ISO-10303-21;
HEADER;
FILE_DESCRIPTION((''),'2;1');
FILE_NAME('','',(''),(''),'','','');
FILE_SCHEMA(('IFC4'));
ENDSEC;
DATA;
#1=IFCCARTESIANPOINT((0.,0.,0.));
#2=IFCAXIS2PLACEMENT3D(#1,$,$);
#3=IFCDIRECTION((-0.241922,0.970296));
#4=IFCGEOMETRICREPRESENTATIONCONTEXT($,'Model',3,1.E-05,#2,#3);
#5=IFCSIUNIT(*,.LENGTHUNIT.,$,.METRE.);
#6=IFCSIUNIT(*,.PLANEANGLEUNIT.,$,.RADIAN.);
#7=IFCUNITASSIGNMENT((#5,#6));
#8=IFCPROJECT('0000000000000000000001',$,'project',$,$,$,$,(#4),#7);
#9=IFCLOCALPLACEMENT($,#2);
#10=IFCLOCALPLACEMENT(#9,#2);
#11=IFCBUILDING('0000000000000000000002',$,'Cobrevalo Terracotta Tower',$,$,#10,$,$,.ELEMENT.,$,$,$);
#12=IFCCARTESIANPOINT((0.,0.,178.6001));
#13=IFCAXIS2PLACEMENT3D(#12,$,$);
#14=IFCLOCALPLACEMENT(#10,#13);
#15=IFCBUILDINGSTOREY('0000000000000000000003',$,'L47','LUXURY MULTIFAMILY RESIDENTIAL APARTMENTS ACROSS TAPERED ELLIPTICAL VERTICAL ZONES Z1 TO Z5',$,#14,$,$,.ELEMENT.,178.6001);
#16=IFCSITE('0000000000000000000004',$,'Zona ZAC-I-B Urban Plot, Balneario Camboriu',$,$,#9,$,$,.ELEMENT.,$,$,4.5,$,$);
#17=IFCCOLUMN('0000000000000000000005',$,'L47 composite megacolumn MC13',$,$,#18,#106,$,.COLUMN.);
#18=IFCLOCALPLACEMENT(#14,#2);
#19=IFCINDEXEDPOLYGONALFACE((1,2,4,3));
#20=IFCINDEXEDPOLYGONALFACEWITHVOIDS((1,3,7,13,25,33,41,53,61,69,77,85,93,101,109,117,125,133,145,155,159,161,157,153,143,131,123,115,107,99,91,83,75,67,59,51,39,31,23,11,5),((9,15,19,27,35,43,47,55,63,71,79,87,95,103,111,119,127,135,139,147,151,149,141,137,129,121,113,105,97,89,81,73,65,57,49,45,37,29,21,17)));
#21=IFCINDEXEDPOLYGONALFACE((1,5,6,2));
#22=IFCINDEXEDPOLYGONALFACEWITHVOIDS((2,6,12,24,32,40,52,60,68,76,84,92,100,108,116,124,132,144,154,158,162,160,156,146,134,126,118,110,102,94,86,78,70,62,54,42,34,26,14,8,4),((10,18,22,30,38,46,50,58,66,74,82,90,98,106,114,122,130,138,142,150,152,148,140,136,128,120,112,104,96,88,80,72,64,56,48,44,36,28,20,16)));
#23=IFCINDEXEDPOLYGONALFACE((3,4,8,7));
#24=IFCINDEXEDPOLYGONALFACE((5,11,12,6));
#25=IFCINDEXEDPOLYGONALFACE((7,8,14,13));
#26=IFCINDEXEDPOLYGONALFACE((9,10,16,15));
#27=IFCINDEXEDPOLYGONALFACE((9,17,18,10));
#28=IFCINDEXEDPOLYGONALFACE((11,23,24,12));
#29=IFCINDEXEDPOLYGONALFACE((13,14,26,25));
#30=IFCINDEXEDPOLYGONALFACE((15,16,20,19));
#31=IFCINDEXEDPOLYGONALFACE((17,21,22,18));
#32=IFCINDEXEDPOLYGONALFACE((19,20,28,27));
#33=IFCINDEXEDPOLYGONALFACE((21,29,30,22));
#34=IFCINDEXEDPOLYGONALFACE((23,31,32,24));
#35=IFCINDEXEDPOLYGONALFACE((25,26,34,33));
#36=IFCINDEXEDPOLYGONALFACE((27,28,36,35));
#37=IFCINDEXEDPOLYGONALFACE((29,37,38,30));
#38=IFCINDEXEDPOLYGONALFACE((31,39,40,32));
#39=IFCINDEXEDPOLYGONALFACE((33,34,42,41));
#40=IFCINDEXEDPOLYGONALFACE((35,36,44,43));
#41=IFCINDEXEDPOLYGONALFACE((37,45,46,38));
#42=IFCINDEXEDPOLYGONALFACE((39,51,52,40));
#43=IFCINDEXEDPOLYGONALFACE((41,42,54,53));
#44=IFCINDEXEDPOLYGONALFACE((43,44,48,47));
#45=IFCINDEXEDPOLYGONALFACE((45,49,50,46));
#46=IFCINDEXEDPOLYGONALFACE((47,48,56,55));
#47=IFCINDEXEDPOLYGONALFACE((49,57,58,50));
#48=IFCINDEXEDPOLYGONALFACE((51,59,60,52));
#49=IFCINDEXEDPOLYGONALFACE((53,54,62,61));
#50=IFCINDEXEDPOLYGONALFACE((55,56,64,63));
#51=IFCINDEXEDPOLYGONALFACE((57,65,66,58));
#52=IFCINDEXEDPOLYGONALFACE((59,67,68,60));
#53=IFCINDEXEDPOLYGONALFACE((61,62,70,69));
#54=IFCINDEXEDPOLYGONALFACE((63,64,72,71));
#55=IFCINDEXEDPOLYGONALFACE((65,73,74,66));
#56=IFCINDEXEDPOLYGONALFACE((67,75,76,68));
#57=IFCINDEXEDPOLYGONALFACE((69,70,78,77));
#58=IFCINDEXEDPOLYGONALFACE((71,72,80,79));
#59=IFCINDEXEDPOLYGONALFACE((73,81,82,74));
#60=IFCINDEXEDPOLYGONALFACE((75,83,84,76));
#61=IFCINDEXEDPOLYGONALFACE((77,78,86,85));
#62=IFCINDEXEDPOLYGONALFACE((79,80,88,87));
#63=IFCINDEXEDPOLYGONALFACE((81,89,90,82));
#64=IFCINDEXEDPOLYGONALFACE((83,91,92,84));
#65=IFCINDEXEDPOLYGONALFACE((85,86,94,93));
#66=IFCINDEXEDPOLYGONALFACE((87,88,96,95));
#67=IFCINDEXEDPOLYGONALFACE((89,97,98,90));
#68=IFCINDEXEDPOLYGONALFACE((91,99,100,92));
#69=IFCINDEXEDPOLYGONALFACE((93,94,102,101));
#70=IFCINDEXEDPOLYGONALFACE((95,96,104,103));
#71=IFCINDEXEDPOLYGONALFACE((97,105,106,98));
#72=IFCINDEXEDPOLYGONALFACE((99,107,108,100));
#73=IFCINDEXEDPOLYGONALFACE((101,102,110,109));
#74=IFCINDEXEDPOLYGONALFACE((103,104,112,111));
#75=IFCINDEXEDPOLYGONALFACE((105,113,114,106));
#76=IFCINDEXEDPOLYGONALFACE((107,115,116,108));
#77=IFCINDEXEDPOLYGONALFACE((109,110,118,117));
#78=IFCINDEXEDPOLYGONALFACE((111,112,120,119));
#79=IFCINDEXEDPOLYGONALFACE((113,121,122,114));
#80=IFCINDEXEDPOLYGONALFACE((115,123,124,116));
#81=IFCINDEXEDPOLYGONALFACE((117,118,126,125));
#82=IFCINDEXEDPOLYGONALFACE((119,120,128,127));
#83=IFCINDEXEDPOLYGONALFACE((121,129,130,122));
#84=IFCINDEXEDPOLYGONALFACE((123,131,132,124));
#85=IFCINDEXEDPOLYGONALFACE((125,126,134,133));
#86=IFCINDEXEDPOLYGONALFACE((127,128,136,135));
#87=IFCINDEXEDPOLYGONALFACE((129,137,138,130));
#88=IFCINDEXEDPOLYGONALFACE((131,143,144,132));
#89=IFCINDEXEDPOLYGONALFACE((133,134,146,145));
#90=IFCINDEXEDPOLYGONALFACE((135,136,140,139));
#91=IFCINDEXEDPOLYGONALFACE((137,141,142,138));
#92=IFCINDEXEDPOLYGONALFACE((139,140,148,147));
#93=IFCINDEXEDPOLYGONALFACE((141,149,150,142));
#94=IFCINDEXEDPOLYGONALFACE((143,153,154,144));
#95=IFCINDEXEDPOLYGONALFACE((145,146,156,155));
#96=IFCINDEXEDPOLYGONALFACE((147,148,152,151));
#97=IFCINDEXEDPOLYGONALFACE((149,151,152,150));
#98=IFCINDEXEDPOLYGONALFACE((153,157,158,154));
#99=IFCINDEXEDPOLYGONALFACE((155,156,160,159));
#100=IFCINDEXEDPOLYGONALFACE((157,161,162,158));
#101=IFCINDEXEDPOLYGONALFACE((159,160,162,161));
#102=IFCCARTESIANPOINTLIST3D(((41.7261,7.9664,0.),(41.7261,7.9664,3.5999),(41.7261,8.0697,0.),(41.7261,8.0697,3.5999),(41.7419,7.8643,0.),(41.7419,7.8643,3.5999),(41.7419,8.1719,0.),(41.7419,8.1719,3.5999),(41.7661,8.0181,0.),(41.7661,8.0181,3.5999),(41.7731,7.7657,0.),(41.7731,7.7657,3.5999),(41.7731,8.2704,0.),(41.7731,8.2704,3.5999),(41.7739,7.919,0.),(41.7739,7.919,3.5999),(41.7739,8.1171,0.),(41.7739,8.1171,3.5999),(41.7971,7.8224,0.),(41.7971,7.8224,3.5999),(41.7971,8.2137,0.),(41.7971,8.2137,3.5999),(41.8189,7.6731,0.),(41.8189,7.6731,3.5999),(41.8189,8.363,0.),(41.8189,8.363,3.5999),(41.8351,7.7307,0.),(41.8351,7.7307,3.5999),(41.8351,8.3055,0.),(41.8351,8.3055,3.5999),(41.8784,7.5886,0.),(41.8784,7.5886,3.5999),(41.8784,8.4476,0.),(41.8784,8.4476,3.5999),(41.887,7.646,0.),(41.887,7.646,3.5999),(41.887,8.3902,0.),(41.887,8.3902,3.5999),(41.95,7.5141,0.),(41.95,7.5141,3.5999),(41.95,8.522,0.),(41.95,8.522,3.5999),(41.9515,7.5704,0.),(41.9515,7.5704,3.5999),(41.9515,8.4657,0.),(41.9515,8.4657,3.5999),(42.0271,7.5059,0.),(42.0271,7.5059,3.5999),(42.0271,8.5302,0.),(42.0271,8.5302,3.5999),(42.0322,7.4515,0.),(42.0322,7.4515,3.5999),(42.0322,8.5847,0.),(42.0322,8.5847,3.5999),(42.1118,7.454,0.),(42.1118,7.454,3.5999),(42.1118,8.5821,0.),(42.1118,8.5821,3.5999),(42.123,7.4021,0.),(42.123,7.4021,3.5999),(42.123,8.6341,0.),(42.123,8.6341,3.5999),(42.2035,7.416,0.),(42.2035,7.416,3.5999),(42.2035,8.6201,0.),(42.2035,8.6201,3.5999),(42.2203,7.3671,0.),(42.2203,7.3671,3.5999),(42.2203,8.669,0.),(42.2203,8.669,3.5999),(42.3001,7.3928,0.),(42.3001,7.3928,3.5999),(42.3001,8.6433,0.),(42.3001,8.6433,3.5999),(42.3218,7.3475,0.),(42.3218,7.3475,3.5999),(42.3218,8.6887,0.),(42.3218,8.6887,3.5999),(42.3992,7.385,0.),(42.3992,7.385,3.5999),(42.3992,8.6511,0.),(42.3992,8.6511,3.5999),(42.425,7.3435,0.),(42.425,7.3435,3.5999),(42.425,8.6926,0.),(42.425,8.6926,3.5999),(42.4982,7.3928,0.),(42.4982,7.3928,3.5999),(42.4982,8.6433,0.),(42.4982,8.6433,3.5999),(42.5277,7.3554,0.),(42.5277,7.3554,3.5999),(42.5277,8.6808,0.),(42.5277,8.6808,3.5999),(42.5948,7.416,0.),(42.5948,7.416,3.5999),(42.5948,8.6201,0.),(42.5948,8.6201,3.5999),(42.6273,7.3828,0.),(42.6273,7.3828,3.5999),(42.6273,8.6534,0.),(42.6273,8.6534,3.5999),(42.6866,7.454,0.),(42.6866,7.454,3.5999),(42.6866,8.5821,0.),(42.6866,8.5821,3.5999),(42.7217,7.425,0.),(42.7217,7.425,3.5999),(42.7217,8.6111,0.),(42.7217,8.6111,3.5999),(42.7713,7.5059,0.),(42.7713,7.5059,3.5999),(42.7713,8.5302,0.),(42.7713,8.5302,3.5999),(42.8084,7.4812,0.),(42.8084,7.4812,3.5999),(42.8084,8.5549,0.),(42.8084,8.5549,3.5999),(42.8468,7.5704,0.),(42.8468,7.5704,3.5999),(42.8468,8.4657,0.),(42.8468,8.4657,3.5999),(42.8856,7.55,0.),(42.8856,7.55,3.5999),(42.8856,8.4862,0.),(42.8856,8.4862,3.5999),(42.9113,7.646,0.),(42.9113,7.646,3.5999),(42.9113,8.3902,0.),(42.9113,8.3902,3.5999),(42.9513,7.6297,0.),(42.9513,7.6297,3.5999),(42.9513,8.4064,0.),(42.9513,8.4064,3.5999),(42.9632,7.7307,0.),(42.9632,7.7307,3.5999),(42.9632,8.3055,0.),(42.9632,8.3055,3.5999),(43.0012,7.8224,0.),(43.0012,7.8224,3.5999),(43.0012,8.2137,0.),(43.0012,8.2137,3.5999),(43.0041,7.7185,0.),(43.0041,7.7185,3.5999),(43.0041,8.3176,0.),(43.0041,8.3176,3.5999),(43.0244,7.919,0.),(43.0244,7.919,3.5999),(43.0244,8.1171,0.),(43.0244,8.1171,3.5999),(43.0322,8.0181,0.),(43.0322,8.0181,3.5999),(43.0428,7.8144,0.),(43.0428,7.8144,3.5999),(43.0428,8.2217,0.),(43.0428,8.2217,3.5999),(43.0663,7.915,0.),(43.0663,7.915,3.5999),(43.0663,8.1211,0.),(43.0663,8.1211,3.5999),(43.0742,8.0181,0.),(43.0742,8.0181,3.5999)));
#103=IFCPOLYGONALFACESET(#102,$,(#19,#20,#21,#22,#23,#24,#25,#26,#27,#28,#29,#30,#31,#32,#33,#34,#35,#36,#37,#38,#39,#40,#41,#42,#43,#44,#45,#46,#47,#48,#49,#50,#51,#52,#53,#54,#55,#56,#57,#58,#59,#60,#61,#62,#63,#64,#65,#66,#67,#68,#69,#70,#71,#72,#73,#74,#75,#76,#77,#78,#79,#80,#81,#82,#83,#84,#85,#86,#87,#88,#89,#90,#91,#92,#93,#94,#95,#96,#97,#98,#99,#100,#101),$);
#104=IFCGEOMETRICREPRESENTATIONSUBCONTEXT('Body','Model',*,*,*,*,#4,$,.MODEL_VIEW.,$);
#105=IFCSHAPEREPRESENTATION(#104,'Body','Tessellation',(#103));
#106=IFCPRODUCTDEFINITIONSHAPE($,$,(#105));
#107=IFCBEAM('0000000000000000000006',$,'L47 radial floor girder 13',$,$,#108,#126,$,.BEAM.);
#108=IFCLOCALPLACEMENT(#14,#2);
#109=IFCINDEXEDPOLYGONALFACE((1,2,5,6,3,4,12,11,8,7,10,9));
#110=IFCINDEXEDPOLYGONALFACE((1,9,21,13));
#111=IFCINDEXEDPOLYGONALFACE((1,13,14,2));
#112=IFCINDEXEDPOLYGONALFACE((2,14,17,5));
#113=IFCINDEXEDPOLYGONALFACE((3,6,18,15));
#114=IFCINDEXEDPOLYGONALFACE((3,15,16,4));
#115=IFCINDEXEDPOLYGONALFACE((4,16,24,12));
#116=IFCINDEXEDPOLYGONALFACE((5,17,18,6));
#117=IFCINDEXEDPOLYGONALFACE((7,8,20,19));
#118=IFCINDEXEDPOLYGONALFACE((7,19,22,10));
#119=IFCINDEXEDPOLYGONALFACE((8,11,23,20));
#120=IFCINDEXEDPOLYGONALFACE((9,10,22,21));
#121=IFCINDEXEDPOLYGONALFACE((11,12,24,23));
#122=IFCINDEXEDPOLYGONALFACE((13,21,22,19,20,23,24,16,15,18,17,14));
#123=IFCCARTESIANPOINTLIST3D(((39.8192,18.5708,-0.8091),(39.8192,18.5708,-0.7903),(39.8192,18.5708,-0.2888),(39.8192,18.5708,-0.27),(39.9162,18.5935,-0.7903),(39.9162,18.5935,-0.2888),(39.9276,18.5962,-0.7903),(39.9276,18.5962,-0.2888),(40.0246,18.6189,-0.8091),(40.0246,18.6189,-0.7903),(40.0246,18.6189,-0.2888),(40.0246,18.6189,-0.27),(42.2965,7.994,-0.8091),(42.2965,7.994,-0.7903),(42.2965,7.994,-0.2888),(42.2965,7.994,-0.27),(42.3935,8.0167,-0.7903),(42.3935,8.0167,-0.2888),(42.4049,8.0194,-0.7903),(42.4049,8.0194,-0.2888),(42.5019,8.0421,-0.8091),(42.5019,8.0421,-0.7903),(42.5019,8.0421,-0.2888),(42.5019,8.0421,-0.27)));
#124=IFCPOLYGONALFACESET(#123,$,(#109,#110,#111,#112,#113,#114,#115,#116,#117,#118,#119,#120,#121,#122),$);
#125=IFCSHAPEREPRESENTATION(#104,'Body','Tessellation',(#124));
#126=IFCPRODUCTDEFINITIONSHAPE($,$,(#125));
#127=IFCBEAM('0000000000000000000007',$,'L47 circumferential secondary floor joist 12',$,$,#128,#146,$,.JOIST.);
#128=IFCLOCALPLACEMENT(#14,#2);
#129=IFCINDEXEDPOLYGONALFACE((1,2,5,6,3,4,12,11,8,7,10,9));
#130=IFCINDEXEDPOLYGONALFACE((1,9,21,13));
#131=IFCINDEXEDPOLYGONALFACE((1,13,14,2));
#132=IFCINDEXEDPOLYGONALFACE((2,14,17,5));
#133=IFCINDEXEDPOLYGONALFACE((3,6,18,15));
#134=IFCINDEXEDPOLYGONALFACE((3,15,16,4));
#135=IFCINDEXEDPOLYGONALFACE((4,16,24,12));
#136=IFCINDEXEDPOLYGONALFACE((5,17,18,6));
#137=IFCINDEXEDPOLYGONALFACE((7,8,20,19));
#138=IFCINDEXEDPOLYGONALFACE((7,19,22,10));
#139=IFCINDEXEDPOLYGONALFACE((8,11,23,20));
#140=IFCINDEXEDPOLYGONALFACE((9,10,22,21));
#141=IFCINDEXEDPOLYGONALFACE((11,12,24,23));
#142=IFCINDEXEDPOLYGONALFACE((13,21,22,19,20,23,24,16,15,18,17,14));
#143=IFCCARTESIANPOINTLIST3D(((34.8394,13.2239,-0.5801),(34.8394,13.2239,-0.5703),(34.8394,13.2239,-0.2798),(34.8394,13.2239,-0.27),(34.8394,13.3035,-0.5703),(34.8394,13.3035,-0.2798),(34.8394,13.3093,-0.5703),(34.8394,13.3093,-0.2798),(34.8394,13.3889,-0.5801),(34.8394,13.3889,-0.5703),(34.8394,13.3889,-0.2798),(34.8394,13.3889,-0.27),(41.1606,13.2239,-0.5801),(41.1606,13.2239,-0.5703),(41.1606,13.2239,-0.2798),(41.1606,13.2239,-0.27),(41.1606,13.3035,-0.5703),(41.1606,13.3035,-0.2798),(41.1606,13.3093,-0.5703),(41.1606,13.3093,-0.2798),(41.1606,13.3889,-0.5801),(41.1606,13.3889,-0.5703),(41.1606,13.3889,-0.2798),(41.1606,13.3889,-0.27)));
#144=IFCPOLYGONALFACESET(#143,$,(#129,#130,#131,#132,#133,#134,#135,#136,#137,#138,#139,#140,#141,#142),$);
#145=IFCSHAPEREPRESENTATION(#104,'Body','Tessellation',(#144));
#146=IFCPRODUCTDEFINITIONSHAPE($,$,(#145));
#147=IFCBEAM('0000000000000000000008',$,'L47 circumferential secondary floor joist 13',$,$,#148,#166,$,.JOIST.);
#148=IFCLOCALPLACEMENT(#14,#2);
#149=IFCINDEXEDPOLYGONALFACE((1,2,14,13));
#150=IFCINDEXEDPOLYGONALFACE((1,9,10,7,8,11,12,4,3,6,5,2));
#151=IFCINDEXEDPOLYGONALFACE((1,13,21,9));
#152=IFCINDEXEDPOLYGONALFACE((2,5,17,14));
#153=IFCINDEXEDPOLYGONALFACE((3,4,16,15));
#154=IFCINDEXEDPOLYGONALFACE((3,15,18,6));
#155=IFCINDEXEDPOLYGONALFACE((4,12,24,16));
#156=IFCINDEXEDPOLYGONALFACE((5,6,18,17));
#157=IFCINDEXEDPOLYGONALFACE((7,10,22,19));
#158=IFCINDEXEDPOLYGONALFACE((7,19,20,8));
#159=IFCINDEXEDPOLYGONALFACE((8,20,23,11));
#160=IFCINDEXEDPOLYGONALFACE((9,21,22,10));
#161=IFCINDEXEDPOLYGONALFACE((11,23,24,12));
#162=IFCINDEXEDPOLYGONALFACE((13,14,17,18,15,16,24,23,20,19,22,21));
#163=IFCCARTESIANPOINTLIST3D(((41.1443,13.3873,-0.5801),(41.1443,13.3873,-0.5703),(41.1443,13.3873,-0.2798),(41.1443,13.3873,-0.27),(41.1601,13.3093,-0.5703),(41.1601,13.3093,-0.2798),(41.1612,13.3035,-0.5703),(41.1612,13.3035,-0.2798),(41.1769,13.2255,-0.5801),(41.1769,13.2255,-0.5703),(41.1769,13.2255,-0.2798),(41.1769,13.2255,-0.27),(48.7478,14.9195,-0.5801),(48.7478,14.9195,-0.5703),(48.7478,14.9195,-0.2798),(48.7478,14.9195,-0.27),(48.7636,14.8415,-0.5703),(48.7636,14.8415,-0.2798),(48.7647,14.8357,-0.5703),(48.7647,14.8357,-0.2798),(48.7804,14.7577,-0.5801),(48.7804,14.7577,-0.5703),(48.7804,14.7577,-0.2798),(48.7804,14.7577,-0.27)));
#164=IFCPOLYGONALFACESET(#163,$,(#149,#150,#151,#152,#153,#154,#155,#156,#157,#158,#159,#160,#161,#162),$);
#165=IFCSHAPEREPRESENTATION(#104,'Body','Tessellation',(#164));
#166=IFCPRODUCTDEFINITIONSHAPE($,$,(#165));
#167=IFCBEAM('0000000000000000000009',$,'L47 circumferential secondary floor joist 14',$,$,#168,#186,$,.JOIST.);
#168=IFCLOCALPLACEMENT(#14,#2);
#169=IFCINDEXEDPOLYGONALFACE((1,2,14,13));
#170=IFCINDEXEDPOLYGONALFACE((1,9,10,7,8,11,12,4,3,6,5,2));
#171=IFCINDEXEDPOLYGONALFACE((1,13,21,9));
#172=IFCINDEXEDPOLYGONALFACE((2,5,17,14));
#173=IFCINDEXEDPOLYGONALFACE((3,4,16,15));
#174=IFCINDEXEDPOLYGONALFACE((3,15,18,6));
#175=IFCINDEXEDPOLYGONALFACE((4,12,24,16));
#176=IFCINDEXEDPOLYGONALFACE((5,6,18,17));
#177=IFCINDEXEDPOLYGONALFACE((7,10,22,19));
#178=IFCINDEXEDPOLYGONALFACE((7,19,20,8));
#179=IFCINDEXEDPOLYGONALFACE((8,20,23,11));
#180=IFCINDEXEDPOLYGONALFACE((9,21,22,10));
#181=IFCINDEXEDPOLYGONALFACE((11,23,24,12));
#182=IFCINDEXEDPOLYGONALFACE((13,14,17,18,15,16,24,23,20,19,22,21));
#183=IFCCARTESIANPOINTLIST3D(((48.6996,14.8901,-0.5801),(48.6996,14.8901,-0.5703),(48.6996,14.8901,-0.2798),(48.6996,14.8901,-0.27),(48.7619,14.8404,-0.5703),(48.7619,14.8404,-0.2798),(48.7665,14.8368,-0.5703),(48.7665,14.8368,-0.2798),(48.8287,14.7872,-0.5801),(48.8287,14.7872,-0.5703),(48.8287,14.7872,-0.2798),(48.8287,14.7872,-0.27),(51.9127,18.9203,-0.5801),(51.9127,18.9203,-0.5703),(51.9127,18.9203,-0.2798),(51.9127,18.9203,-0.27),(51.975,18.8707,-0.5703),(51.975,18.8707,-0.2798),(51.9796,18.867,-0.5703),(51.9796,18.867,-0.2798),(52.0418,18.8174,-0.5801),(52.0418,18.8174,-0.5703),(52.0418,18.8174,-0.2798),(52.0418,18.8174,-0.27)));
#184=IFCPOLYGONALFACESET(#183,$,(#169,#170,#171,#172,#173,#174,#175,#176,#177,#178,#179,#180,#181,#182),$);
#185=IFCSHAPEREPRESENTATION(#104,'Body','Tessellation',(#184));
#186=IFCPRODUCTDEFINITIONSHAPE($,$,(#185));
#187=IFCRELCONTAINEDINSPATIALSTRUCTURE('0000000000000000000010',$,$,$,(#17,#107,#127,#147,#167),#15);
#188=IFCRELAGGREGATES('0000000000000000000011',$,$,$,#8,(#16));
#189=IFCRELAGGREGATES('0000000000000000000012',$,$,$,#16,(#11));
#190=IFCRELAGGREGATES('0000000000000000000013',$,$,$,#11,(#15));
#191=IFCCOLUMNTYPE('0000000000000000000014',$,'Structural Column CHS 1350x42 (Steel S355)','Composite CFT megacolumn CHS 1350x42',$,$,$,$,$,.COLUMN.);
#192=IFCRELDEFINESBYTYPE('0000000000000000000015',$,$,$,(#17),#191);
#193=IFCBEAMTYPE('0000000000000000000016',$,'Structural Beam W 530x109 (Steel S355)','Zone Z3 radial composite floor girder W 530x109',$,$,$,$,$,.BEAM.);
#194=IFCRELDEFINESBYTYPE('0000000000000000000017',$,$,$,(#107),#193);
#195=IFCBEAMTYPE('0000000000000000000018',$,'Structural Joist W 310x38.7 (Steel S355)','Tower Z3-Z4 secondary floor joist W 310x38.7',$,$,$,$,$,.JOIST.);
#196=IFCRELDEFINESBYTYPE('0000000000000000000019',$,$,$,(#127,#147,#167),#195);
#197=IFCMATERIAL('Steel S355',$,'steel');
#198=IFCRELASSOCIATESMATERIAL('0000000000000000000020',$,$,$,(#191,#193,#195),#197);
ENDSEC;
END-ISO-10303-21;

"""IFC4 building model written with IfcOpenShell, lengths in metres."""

from ifc_helpers import new_model, si_unit, direction, frame, origin, origin_2d, place, context, subcontext, project, spatial, hollow_circle, i_section, extrude, material, material_profile, profile_set, type_object, element, save


model = new_model("IFC4")

# Units and contexts
model_context = context("Model", 3, precision=1e-05, world=origin(), true_north=direction((-0.241922, 0.970296)))
body_context = subcontext(model_context, "Body", "Model", "MODEL_VIEW")
ifc_project = project(units=[si_unit("LENGTHUNIT", "METRE"), si_unit("PLANEANGLEUNIT", "RADIAN")], contexts=[model_context])

# Site, building, storey
site_placement = place(None, origin())
site = spatial("IfcSite", under=ifc_project, at=site_placement, Name="Zona ZAC-I-B Urban Plot, Balneario Camboriu", CompositionType="ELEMENT", RefElevation=4.5)
building_placement = place(site_placement, origin())
building = spatial("IfcBuilding", under=site, at=building_placement, Name="Cobrevalo Terracotta Tower", CompositionType="ELEMENT")
storey_placement = place(building_placement, frame((0.0, 0.0, 178.6001)))
storey = spatial("IfcBuildingStorey", under=building, at=storey_placement, Name="L47", Description="LUXURY MULTIFAMILY RESIDENTIAL APARTMENTS ACROSS TAPERED ELLIPTICAL VERTICAL ZONES Z1 TO Z5", CompositionType="ELEMENT", Elevation=178.6001)

# Column
ifc_material_1 = material(Name="Steel S355", Category="steel")
ifc_material_profile_1 = material_profile(ifc_material_1, hollow_circle(Radius=0.675, WallThickness=0.042, at=origin_2d()), Name="CHS 1350x42")
ifc_profile_set_1 = profile_set([ifc_material_profile_1], Name="Steel S355")
column_type = type_object("IfcColumnType", Name="Structural Column CHS 1350x42 (Steel S355)", Description="Composite CFT megacolumn CHS 1350x42", PredefinedType="COLUMN", material=ifc_profile_set_1)
column_placement = place(storey_placement, frame((42.3992, 8.0181, 0.0), z_axis=(0.0, 0.0, 1.0), x_axis=(1.0, 0.0, 0.0)))
element("IfcColumn", 1, at=column_placement, inside=storey, type_object=column_type, Name="L47 composite megacolumn MC13", PredefinedType="COLUMN", context=body_context, shape_type="SweptSolid", body=[
    extrude(hollow_circle(Radius=0.675, WallThickness=0.042, at=origin_2d()), origin(), (0.0, 0.0, 1.0), 3.5999),
])

# Beams
ifc_material_profile_2 = material_profile(ifc_material_1, i_section(OverallWidth=0.2109, OverallDepth=0.5391, WebThickness=0.0117, FlangeThickness=0.0188, at=origin_2d()), Name="W 530x109")
ifc_profile_set_2 = profile_set([ifc_material_profile_2], Name="Steel S355")
beam_type_1 = type_object("IfcBeamType", Name="Structural Beam W 530x109 (Steel S355)", Description="Zone Z3 radial composite floor girder W 530x109", PredefinedType="BEAM", material=ifc_profile_set_2)
beam_1_placement = place(storey_placement, frame((42.3992, 8.0181, -0.5396), z_axis=(-0.228046, 0.97365, 0.0), x_axis=(-0.97365, -0.228046, 0.0)))
element("IfcBeam", 2, at=beam_1_placement, inside=storey, type_object=beam_type_1, Name="L47 radial floor girder 13", PredefinedType="BEAM", context=body_context, shape_type="SweptSolid", body=[
    extrude(i_section(OverallWidth=0.2109, OverallDepth=0.5391, WebThickness=0.0117, FlangeThickness=0.0188, at=origin_2d()), origin(), (0.0, 0.0, 1.0), 10.863),
])
ifc_material_profile_3 = material_profile(ifc_material_1, i_section(OverallWidth=0.165, OverallDepth=0.3101, WebThickness=0.0059, FlangeThickness=0.0098, at=origin_2d()), Name="W 310x38.7")
ifc_profile_set_3 = profile_set([ifc_material_profile_3], Name="Steel S355")
beam_type_2 = type_object("IfcBeamType", Name="Structural Joist W 310x38.7 (Steel S355)", Description="Tower Z3-Z4 secondary floor joist W 310x38.7", PredefinedType="JOIST", material=ifc_profile_set_3)
beam_2_placement = place(storey_placement, frame((34.8394, 13.3064, -0.425), z_axis=(1.0, 0.0, 0.0), x_axis=(0.0, 1.0, 0.0)))
element("IfcBeam", 3, at=beam_2_placement, inside=storey, type_object=beam_type_2, Name="L47 circumferential secondary floor joist 12", PredefinedType="JOIST", context=body_context, shape_type="SweptSolid", body=[
    extrude(i_section(OverallWidth=0.165, OverallDepth=0.3101, WebThickness=0.0059, FlangeThickness=0.0098, at=origin_2d()), origin(), (0.0, 0.0, 1.0), 6.3213),
])
beam_3_placement = place(storey_placement, frame((41.1606, 13.3064, -0.425), z_axis=(0.980294, 0.197544, 0.0), x_axis=(-0.197544, 0.980294, 0.0)))
element("IfcBeam", 4, at=beam_3_placement, inside=storey, type_object=beam_type_2, Name="L47 circumferential secondary floor joist 13", PredefinedType="JOIST", context=body_context, shape_type="SweptSolid", body=[
    extrude(i_section(OverallWidth=0.165, OverallDepth=0.3101, WebThickness=0.0059, FlangeThickness=0.0098, at=origin_2d()), origin(), (0.0, 0.0, 1.0), 7.7563),
])
beam_4_placement = place(storey_placement, frame((48.7642, 14.8386, -0.425), z_axis=(0.623383, 0.781917, 0.0), x_axis=(-0.781917, 0.623383, 0.0)))
element("IfcBeam", 5, at=beam_4_placement, inside=storey, type_object=beam_type_2, Name="L47 circumferential secondary floor joist 14", PredefinedType="JOIST", context=body_context, shape_type="SweptSolid", body=[
    extrude(i_section(OverallWidth=0.165, OverallDepth=0.3101, WebThickness=0.0059, FlangeThickness=0.0098, at=origin_2d()), origin(), (0.0, 0.0, 1.0), 5.1543),
])

save(model, "model.ifc")
